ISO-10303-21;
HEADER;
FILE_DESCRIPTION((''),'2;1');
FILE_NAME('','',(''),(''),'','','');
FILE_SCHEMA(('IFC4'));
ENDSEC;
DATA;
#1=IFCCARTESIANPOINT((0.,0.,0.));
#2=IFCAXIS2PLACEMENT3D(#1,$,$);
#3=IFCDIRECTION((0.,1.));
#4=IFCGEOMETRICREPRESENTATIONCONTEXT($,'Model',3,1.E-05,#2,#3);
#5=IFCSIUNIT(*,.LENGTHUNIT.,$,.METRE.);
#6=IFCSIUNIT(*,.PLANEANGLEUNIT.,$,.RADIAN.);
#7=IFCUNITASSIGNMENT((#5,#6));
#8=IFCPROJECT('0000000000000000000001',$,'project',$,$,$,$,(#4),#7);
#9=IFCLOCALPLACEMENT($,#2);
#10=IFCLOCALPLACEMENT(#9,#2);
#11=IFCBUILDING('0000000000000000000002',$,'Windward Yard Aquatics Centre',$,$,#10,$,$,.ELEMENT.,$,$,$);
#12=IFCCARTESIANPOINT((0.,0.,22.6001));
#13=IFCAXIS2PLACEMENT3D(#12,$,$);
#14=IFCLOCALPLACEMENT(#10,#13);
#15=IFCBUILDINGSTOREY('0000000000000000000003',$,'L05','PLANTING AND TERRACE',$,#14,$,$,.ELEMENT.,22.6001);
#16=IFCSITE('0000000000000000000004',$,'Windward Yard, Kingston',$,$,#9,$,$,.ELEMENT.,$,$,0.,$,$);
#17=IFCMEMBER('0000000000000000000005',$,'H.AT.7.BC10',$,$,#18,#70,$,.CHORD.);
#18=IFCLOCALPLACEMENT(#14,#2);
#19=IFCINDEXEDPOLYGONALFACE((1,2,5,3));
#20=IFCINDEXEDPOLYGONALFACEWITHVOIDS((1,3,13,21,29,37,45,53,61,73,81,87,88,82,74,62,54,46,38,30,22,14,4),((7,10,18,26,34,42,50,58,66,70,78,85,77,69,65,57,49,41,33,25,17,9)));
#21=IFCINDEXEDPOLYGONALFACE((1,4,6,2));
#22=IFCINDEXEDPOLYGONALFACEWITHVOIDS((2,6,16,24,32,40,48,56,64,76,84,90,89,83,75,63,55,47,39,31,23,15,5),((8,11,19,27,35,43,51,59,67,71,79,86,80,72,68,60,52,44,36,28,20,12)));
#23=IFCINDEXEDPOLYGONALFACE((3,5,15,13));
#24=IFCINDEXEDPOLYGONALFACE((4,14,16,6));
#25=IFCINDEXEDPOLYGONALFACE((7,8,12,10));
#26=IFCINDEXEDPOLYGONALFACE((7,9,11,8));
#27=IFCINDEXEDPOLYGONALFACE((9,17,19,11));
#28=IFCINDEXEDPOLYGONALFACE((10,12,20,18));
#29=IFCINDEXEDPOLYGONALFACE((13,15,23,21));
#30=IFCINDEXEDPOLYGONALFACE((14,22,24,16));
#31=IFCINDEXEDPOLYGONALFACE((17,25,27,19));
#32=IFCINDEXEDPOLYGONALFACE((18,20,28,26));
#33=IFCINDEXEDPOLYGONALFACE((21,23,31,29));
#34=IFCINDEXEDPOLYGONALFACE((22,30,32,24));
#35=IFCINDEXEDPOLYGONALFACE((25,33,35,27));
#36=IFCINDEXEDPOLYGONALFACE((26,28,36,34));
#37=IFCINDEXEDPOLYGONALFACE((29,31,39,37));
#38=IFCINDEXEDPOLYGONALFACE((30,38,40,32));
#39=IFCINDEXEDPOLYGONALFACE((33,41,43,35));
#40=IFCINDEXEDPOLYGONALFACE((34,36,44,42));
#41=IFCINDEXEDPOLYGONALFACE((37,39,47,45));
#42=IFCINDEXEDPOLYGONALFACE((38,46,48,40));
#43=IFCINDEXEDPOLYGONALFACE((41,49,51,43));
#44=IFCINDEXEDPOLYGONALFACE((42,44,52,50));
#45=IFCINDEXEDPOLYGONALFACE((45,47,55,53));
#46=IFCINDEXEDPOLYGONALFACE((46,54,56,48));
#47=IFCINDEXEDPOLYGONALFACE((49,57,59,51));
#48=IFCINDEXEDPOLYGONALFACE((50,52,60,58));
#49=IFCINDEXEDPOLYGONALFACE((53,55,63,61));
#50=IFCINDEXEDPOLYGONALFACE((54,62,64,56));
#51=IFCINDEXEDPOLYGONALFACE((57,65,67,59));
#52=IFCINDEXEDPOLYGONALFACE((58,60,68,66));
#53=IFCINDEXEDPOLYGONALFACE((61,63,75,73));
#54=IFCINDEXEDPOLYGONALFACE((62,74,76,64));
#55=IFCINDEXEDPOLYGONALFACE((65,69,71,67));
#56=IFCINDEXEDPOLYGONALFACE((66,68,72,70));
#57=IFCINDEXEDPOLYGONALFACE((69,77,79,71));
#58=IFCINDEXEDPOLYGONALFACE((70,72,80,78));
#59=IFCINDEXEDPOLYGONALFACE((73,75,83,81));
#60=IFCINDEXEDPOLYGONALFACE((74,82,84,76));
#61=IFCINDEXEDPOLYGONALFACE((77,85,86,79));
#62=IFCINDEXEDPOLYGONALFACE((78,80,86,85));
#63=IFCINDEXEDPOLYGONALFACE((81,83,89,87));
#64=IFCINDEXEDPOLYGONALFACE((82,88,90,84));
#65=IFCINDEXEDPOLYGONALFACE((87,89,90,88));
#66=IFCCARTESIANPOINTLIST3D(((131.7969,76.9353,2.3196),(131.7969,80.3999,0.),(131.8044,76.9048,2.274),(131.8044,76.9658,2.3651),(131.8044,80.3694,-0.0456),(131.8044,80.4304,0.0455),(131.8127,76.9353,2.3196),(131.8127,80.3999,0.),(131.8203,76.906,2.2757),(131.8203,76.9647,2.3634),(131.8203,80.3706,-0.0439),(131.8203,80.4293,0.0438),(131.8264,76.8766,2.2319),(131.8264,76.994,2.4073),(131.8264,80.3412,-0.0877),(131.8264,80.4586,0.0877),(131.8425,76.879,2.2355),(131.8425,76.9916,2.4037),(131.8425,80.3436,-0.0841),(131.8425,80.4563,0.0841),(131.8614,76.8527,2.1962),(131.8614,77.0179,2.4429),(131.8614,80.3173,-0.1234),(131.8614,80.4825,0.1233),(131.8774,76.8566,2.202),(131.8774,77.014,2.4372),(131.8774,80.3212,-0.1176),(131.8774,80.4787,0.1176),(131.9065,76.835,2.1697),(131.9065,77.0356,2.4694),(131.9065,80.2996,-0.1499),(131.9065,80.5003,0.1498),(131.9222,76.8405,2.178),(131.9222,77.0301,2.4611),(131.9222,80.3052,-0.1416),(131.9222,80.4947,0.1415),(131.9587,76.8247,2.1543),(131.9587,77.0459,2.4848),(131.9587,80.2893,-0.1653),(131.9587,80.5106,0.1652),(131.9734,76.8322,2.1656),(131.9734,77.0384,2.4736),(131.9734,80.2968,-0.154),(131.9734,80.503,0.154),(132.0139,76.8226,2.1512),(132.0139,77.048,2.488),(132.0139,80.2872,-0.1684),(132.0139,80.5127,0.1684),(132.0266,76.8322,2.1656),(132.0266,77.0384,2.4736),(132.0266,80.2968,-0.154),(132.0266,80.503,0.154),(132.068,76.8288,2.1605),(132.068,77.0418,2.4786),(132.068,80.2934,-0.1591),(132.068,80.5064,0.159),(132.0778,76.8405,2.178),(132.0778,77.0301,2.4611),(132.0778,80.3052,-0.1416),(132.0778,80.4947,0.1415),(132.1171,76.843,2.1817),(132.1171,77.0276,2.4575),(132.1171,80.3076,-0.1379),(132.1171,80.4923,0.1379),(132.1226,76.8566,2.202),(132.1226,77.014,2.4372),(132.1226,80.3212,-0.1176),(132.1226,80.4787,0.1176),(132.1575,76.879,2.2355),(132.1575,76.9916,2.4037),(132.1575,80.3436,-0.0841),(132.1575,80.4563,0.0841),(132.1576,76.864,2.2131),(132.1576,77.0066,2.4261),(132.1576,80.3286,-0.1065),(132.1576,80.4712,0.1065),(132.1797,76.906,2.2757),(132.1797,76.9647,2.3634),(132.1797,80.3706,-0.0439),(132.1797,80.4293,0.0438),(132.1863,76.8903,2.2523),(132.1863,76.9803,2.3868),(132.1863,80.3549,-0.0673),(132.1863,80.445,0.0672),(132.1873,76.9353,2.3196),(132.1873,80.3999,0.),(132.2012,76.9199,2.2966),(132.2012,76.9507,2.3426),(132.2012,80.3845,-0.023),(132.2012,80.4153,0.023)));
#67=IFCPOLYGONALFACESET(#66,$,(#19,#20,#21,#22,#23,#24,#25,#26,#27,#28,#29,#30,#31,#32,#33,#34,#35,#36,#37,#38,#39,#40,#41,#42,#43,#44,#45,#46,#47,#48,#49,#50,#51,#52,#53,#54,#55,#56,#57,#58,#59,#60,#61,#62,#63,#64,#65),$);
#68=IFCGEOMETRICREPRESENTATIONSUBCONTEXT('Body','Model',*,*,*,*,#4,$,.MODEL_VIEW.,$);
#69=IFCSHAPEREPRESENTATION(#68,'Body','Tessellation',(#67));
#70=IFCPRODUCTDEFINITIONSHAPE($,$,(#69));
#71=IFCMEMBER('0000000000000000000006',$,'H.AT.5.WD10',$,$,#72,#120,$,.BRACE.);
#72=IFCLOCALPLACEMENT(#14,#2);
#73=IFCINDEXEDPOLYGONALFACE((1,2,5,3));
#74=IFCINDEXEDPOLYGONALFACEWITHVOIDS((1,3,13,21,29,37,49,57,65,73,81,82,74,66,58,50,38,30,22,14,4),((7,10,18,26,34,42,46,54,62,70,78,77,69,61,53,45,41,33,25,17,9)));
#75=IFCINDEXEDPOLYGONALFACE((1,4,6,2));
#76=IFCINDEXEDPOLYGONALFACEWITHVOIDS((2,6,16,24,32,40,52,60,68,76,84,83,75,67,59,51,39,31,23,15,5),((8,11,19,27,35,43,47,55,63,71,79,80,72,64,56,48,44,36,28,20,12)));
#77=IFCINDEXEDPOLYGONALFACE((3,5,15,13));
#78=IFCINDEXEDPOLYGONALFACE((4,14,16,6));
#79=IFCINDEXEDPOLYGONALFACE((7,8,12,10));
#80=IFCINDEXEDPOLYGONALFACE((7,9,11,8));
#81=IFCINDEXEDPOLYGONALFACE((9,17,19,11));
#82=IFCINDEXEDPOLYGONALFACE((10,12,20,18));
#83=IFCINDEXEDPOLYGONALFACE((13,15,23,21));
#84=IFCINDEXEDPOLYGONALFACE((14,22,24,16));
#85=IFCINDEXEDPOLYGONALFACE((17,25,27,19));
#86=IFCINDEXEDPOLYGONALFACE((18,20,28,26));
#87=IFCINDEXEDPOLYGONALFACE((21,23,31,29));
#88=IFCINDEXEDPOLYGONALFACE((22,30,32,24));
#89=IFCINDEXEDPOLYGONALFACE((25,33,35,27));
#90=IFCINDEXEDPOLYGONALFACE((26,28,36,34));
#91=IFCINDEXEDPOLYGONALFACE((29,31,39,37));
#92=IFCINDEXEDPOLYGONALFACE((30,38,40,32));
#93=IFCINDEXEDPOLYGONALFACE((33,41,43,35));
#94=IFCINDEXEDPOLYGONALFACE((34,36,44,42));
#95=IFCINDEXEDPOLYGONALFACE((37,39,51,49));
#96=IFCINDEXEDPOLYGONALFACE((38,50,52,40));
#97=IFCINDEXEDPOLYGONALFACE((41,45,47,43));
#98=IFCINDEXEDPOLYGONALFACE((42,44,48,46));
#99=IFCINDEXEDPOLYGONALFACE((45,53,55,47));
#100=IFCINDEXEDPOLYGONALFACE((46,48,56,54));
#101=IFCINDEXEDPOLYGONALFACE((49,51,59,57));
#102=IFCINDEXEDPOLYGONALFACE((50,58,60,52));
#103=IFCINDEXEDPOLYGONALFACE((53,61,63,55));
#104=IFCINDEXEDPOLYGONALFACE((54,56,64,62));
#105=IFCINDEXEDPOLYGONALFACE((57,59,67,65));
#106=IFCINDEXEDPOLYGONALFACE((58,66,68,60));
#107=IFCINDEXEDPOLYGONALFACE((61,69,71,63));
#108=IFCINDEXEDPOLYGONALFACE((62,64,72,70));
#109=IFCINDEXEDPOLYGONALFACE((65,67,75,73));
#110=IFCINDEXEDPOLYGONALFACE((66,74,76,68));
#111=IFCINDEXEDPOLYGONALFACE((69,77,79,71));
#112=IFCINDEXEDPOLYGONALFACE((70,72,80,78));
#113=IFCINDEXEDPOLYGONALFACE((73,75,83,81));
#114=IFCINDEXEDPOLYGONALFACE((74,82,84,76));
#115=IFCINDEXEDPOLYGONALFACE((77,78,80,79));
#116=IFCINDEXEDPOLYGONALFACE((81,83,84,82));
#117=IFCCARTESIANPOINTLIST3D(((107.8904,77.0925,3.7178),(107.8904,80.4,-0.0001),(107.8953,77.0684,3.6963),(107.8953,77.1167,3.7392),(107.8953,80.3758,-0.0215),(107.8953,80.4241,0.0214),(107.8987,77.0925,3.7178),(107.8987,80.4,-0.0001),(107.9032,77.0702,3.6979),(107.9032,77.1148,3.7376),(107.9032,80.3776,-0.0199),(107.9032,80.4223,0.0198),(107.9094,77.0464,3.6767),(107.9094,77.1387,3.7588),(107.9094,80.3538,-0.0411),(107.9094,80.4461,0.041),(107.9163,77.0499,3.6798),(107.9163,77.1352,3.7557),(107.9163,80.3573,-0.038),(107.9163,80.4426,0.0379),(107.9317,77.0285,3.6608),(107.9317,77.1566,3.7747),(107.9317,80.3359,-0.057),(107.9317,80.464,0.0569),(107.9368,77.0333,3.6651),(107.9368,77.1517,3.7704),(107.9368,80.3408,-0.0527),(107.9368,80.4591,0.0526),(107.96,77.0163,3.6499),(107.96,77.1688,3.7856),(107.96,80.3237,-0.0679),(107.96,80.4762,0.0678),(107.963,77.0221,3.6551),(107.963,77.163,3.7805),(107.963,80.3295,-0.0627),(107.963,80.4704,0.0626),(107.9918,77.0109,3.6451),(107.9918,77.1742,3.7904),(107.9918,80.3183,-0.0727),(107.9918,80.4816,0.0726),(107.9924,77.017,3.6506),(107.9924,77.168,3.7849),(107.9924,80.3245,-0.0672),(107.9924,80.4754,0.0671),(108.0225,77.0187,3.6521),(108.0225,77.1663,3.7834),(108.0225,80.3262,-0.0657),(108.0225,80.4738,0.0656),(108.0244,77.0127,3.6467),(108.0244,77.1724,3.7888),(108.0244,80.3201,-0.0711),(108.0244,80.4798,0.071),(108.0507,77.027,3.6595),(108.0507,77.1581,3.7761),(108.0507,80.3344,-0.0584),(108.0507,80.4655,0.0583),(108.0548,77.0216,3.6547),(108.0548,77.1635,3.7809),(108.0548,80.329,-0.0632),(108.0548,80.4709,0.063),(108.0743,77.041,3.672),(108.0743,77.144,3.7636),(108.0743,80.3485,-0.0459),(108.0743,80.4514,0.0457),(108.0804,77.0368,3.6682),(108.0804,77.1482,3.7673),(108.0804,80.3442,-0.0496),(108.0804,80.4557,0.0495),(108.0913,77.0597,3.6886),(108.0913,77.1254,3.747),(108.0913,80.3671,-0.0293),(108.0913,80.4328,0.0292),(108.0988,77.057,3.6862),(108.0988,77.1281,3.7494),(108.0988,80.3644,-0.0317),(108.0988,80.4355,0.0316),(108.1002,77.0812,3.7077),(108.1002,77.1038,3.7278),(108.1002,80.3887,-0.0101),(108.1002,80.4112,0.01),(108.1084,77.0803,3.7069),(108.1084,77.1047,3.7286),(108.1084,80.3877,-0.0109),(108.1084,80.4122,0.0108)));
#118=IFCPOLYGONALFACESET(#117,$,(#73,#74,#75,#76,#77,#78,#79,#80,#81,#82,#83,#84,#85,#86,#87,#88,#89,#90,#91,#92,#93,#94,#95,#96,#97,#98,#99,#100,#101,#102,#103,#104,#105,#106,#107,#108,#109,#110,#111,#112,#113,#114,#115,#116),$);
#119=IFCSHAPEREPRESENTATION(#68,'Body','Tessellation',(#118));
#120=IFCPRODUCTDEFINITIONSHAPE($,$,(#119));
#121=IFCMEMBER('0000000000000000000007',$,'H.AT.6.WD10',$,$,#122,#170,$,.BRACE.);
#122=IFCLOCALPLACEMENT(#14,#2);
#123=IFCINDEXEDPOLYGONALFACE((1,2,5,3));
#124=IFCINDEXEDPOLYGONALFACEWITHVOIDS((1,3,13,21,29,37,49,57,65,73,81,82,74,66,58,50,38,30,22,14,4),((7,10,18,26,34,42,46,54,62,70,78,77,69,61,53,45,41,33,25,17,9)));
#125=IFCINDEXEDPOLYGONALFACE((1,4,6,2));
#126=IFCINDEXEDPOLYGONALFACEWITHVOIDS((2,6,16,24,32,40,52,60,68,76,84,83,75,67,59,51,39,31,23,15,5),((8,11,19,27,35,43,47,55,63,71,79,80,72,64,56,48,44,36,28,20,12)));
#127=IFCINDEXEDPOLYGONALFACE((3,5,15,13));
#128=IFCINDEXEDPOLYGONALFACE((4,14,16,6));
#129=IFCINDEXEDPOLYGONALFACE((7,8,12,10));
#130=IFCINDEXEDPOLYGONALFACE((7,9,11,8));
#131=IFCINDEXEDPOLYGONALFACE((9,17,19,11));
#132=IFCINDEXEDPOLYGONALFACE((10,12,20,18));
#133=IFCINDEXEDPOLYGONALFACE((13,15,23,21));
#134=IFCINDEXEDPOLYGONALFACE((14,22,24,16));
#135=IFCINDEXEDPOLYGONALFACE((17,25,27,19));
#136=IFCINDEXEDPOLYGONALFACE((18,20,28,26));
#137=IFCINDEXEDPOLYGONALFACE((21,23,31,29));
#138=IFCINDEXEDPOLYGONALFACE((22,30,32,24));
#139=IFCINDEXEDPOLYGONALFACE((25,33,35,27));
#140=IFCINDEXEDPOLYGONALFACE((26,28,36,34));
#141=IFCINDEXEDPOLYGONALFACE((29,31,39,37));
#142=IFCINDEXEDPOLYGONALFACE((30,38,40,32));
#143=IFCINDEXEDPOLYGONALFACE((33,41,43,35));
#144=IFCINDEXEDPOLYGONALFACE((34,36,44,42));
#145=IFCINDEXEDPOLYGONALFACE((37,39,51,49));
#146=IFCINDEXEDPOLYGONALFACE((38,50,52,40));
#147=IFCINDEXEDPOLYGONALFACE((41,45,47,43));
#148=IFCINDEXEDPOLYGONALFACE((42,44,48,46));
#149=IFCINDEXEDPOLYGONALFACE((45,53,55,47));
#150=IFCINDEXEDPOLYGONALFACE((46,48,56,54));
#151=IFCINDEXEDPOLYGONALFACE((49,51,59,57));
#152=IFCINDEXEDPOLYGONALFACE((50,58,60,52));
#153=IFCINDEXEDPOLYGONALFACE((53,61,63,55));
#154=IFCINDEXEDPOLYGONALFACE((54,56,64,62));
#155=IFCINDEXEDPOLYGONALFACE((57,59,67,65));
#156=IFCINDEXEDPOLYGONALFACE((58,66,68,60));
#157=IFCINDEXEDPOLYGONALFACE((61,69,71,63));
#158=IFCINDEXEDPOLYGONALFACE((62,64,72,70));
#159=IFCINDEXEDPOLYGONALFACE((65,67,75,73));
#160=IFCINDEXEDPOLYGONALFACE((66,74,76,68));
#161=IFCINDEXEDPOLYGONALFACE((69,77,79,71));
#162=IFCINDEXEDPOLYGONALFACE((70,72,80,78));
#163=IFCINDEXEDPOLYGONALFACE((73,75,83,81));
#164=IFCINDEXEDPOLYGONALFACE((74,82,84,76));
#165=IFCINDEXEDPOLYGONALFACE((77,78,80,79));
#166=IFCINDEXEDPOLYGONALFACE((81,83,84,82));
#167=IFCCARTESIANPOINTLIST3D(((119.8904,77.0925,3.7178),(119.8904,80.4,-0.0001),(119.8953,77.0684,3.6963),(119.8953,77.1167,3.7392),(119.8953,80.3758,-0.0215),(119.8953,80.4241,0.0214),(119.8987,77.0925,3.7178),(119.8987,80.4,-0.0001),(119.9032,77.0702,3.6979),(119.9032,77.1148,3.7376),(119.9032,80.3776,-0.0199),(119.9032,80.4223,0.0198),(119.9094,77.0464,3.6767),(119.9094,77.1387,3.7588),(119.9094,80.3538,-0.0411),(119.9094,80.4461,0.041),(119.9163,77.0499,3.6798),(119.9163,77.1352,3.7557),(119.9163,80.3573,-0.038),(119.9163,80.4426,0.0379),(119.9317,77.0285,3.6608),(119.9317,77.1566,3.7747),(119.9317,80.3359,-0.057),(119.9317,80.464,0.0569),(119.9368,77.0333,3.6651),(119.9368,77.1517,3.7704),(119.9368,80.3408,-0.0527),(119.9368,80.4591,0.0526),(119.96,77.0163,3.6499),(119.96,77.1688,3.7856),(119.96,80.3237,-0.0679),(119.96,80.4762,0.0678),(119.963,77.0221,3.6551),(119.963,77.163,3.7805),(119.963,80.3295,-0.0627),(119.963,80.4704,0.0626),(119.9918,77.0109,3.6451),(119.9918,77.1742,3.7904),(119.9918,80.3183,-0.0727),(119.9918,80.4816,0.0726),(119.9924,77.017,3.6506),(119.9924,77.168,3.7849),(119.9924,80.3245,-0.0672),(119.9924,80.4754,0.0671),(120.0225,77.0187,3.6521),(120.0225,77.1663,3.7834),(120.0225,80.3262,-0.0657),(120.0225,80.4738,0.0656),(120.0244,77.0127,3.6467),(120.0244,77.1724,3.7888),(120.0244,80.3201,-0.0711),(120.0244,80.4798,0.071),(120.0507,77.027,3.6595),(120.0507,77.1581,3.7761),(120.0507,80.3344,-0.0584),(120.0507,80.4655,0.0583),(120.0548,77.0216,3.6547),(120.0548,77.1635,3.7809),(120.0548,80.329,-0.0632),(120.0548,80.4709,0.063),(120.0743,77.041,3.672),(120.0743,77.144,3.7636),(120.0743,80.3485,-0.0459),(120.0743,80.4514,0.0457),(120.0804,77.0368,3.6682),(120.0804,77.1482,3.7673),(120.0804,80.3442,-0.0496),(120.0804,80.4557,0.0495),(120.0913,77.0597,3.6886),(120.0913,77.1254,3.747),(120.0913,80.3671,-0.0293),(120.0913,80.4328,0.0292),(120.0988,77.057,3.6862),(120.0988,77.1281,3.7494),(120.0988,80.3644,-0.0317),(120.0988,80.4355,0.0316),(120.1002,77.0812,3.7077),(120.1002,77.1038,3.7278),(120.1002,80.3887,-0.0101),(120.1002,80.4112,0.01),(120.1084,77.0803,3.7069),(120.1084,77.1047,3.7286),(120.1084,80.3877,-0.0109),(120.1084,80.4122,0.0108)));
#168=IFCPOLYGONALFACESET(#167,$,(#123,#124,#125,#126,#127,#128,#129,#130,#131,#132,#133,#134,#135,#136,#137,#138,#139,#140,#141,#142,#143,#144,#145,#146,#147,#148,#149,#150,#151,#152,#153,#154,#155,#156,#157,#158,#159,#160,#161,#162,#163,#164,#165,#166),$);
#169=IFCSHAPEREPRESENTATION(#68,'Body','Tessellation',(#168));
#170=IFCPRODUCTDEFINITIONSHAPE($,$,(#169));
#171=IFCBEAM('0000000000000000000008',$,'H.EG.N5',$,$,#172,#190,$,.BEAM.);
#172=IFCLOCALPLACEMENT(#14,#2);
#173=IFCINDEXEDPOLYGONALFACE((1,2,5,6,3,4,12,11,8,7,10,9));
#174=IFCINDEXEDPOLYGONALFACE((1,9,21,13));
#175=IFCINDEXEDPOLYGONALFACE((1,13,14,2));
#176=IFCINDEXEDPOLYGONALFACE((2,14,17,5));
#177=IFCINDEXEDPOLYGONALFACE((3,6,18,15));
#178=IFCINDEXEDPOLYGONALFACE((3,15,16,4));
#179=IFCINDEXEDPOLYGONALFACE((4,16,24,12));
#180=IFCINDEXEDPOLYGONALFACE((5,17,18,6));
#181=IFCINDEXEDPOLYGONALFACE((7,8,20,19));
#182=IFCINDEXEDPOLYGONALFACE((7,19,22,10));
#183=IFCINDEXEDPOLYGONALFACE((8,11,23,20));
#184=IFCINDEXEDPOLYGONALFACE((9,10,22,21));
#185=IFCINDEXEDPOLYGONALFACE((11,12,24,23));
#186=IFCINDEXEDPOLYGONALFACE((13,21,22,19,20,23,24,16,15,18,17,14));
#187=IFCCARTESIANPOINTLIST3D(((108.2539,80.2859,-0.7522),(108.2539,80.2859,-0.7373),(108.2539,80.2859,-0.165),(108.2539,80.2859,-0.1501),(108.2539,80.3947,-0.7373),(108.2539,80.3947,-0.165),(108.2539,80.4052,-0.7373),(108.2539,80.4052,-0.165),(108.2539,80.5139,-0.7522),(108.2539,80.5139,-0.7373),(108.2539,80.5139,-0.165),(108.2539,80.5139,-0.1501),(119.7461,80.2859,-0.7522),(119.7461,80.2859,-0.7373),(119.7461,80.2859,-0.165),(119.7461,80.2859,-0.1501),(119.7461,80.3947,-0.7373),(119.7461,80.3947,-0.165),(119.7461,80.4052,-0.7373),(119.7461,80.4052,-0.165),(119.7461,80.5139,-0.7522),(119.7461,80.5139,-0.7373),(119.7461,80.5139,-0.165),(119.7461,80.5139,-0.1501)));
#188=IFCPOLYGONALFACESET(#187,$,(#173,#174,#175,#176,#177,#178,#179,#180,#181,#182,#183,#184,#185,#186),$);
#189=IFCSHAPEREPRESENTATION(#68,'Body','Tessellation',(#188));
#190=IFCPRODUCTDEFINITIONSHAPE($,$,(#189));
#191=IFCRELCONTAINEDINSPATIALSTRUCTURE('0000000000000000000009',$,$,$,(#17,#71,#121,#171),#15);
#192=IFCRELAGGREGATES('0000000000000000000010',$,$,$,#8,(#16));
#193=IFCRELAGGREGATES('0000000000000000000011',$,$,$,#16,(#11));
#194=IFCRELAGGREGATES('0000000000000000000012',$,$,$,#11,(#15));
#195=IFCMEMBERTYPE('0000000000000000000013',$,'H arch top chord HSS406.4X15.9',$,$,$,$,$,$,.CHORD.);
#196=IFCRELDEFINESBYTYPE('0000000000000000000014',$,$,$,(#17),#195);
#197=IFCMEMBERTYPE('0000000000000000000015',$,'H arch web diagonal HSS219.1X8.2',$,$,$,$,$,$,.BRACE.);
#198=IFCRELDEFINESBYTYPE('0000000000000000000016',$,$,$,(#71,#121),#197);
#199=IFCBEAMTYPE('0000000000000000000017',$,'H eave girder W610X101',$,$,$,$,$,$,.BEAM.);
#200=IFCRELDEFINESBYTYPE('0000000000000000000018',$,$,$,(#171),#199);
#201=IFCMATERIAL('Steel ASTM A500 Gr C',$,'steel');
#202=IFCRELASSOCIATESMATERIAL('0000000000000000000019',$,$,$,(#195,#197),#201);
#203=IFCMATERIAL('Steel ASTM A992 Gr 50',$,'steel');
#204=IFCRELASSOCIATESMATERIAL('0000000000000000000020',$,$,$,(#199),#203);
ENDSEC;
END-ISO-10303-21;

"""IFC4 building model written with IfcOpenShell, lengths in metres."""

from ifc_helpers import new_model, si_unit, direction, frame, origin, origin_2d, place, context, subcontext, project, spatial, hollow_circle, i_section, extrude, material, material_profile, profile_set, type_object, element, save


model = new_model("IFC4")

# Units and contexts
model_context = context("Model", 3, precision=1e-05, world=origin(), true_north=direction((0.0, 1.0)))
body_context = subcontext(model_context, "Body", "Model", "MODEL_VIEW")
ifc_project = project(units=[si_unit("LENGTHUNIT", "METRE"), si_unit("PLANEANGLEUNIT", "RADIAN")], contexts=[model_context])

# Site, building, storey
site_placement = place(None, origin())
site = spatial("IfcSite", under=ifc_project, at=site_placement, Name="Windward Yard, Kingston", CompositionType="ELEMENT", RefElevation=0.0)
building_placement = place(site_placement, origin())
building = spatial("IfcBuilding", under=site, at=building_placement, Name="Windward Yard Aquatics Centre", CompositionType="ELEMENT")
storey_placement = place(building_placement, frame((0.0, 0.0, 22.6001)))
storey = spatial("IfcBuildingStorey", under=building, at=storey_placement, Name="L05", Description="PLANTING AND TERRACE", CompositionType="ELEMENT", Elevation=22.6001)

# Members
ifc_material_1 = material(Name="Steel ASTM A500 Gr C", Category="steel")
ifc_material_profile_1 = material_profile(ifc_material_1, hollow_circle(Radius=0.2031, WallThickness=0.0159, at=origin_2d()), Name="HSS406.4X15.9")
ifc_profile_set_1 = profile_set([ifc_material_profile_1], Name="Steel ASTM A500 Gr C")
member_type_1 = type_object("IfcMemberType", Name="H arch top chord HSS406.4X15.9", PredefinedType="CHORD", material=ifc_profile_set_1)
for number, where, z_axis, x_axis, name in (
    (1, (132.0, 76.9353, 2.3196), (0.0, 0.830959, -0.556334), (-1.0, 0.0, 0.0), "H.AT.7.BC10"),
):
    element("IfcMember", number, at=place(storey_placement, frame(where, z_axis=z_axis, x_axis=x_axis)), inside=storey, type_object=member_type_1, Name=name, PredefinedType="CHORD", context=body_context, shape_type="SweptSolid", body=[
        extrude(hollow_circle(Radius=0.2031, WallThickness=0.0159, at=origin_2d()), origin(), (0.0, 0.0, 1.0), 4.1694),
    ])
ifc_material_profile_2 = material_profile(ifc_material_1, hollow_circle(Radius=0.1096, WallThickness=0.0083, at=origin_2d()), Name="HSS219.1X8.2")
ifc_profile_set_2 = profile_set([ifc_material_profile_2], Name="Steel ASTM A500 Gr C")
member_type_2 = type_object("IfcMemberType", Name="H arch web diagonal HSS219.1X8.2", PredefinedType="BRACE", material=ifc_profile_set_2)
for number, where, z_axis, x_axis, name in (
    (2, (108.0, 77.0925, 3.7178), (0.0, 0.664665, -0.747141), (-1.0, 0.0, 0.0), "H.AT.5.WD10"),
    (3, (120.0, 77.0925, 3.7178), (0.0, 0.664665, -0.747141), (-1.0, 0.0, 0.0), "H.AT.6.WD10"),
):
    element("IfcMember", number, at=place(storey_placement, frame(where, z_axis=z_axis, x_axis=x_axis)), inside=storey, type_object=member_type_2, Name=name, PredefinedType="BRACE", context=body_context, shape_type="SweptSolid", body=[
        extrude(hollow_circle(Radius=0.1096, WallThickness=0.0083, at=origin_2d()), origin(), (0.0, 0.0, 1.0), 4.9761),
    ])

# Beam
ifc_material_2 = material(Name="Steel ASTM A992 Gr 50", Category="steel")
ifc_material_profile_3 = material_profile(ifc_material_2, i_section(OverallWidth=0.228, OverallDepth=0.6021, WebThickness=0.0105, FlangeThickness=0.0149, at=origin_2d()), Name="W610X101")
ifc_profile_set_3 = profile_set([ifc_material_profile_3], Name="Steel ASTM A992 Gr 50")
beam_type = type_object("IfcBeamType", Name="H eave girder W610X101", PredefinedType="BEAM", material=ifc_profile_set_3)
for number, where, z_axis, x_axis, name in (
    (4, (108.2539, 80.3999, -0.4512), (1.0, 0.0, 0.0), (0.0, 1.0, 0.0), "H.EG.N5"),
):
    element("IfcBeam", number, at=place(storey_placement, frame(where, z_axis=z_axis, x_axis=x_axis)), inside=storey, type_object=beam_type, Name=name, PredefinedType="BEAM", context=body_context, shape_type="SweptSolid", body=[
        extrude(i_section(OverallWidth=0.228, OverallDepth=0.6021, WebThickness=0.0105, FlangeThickness=0.0149, at=origin_2d()), origin(), (0.0, 0.0, 1.0), 11.4922),
    ])

save(model, "model.ifc")
